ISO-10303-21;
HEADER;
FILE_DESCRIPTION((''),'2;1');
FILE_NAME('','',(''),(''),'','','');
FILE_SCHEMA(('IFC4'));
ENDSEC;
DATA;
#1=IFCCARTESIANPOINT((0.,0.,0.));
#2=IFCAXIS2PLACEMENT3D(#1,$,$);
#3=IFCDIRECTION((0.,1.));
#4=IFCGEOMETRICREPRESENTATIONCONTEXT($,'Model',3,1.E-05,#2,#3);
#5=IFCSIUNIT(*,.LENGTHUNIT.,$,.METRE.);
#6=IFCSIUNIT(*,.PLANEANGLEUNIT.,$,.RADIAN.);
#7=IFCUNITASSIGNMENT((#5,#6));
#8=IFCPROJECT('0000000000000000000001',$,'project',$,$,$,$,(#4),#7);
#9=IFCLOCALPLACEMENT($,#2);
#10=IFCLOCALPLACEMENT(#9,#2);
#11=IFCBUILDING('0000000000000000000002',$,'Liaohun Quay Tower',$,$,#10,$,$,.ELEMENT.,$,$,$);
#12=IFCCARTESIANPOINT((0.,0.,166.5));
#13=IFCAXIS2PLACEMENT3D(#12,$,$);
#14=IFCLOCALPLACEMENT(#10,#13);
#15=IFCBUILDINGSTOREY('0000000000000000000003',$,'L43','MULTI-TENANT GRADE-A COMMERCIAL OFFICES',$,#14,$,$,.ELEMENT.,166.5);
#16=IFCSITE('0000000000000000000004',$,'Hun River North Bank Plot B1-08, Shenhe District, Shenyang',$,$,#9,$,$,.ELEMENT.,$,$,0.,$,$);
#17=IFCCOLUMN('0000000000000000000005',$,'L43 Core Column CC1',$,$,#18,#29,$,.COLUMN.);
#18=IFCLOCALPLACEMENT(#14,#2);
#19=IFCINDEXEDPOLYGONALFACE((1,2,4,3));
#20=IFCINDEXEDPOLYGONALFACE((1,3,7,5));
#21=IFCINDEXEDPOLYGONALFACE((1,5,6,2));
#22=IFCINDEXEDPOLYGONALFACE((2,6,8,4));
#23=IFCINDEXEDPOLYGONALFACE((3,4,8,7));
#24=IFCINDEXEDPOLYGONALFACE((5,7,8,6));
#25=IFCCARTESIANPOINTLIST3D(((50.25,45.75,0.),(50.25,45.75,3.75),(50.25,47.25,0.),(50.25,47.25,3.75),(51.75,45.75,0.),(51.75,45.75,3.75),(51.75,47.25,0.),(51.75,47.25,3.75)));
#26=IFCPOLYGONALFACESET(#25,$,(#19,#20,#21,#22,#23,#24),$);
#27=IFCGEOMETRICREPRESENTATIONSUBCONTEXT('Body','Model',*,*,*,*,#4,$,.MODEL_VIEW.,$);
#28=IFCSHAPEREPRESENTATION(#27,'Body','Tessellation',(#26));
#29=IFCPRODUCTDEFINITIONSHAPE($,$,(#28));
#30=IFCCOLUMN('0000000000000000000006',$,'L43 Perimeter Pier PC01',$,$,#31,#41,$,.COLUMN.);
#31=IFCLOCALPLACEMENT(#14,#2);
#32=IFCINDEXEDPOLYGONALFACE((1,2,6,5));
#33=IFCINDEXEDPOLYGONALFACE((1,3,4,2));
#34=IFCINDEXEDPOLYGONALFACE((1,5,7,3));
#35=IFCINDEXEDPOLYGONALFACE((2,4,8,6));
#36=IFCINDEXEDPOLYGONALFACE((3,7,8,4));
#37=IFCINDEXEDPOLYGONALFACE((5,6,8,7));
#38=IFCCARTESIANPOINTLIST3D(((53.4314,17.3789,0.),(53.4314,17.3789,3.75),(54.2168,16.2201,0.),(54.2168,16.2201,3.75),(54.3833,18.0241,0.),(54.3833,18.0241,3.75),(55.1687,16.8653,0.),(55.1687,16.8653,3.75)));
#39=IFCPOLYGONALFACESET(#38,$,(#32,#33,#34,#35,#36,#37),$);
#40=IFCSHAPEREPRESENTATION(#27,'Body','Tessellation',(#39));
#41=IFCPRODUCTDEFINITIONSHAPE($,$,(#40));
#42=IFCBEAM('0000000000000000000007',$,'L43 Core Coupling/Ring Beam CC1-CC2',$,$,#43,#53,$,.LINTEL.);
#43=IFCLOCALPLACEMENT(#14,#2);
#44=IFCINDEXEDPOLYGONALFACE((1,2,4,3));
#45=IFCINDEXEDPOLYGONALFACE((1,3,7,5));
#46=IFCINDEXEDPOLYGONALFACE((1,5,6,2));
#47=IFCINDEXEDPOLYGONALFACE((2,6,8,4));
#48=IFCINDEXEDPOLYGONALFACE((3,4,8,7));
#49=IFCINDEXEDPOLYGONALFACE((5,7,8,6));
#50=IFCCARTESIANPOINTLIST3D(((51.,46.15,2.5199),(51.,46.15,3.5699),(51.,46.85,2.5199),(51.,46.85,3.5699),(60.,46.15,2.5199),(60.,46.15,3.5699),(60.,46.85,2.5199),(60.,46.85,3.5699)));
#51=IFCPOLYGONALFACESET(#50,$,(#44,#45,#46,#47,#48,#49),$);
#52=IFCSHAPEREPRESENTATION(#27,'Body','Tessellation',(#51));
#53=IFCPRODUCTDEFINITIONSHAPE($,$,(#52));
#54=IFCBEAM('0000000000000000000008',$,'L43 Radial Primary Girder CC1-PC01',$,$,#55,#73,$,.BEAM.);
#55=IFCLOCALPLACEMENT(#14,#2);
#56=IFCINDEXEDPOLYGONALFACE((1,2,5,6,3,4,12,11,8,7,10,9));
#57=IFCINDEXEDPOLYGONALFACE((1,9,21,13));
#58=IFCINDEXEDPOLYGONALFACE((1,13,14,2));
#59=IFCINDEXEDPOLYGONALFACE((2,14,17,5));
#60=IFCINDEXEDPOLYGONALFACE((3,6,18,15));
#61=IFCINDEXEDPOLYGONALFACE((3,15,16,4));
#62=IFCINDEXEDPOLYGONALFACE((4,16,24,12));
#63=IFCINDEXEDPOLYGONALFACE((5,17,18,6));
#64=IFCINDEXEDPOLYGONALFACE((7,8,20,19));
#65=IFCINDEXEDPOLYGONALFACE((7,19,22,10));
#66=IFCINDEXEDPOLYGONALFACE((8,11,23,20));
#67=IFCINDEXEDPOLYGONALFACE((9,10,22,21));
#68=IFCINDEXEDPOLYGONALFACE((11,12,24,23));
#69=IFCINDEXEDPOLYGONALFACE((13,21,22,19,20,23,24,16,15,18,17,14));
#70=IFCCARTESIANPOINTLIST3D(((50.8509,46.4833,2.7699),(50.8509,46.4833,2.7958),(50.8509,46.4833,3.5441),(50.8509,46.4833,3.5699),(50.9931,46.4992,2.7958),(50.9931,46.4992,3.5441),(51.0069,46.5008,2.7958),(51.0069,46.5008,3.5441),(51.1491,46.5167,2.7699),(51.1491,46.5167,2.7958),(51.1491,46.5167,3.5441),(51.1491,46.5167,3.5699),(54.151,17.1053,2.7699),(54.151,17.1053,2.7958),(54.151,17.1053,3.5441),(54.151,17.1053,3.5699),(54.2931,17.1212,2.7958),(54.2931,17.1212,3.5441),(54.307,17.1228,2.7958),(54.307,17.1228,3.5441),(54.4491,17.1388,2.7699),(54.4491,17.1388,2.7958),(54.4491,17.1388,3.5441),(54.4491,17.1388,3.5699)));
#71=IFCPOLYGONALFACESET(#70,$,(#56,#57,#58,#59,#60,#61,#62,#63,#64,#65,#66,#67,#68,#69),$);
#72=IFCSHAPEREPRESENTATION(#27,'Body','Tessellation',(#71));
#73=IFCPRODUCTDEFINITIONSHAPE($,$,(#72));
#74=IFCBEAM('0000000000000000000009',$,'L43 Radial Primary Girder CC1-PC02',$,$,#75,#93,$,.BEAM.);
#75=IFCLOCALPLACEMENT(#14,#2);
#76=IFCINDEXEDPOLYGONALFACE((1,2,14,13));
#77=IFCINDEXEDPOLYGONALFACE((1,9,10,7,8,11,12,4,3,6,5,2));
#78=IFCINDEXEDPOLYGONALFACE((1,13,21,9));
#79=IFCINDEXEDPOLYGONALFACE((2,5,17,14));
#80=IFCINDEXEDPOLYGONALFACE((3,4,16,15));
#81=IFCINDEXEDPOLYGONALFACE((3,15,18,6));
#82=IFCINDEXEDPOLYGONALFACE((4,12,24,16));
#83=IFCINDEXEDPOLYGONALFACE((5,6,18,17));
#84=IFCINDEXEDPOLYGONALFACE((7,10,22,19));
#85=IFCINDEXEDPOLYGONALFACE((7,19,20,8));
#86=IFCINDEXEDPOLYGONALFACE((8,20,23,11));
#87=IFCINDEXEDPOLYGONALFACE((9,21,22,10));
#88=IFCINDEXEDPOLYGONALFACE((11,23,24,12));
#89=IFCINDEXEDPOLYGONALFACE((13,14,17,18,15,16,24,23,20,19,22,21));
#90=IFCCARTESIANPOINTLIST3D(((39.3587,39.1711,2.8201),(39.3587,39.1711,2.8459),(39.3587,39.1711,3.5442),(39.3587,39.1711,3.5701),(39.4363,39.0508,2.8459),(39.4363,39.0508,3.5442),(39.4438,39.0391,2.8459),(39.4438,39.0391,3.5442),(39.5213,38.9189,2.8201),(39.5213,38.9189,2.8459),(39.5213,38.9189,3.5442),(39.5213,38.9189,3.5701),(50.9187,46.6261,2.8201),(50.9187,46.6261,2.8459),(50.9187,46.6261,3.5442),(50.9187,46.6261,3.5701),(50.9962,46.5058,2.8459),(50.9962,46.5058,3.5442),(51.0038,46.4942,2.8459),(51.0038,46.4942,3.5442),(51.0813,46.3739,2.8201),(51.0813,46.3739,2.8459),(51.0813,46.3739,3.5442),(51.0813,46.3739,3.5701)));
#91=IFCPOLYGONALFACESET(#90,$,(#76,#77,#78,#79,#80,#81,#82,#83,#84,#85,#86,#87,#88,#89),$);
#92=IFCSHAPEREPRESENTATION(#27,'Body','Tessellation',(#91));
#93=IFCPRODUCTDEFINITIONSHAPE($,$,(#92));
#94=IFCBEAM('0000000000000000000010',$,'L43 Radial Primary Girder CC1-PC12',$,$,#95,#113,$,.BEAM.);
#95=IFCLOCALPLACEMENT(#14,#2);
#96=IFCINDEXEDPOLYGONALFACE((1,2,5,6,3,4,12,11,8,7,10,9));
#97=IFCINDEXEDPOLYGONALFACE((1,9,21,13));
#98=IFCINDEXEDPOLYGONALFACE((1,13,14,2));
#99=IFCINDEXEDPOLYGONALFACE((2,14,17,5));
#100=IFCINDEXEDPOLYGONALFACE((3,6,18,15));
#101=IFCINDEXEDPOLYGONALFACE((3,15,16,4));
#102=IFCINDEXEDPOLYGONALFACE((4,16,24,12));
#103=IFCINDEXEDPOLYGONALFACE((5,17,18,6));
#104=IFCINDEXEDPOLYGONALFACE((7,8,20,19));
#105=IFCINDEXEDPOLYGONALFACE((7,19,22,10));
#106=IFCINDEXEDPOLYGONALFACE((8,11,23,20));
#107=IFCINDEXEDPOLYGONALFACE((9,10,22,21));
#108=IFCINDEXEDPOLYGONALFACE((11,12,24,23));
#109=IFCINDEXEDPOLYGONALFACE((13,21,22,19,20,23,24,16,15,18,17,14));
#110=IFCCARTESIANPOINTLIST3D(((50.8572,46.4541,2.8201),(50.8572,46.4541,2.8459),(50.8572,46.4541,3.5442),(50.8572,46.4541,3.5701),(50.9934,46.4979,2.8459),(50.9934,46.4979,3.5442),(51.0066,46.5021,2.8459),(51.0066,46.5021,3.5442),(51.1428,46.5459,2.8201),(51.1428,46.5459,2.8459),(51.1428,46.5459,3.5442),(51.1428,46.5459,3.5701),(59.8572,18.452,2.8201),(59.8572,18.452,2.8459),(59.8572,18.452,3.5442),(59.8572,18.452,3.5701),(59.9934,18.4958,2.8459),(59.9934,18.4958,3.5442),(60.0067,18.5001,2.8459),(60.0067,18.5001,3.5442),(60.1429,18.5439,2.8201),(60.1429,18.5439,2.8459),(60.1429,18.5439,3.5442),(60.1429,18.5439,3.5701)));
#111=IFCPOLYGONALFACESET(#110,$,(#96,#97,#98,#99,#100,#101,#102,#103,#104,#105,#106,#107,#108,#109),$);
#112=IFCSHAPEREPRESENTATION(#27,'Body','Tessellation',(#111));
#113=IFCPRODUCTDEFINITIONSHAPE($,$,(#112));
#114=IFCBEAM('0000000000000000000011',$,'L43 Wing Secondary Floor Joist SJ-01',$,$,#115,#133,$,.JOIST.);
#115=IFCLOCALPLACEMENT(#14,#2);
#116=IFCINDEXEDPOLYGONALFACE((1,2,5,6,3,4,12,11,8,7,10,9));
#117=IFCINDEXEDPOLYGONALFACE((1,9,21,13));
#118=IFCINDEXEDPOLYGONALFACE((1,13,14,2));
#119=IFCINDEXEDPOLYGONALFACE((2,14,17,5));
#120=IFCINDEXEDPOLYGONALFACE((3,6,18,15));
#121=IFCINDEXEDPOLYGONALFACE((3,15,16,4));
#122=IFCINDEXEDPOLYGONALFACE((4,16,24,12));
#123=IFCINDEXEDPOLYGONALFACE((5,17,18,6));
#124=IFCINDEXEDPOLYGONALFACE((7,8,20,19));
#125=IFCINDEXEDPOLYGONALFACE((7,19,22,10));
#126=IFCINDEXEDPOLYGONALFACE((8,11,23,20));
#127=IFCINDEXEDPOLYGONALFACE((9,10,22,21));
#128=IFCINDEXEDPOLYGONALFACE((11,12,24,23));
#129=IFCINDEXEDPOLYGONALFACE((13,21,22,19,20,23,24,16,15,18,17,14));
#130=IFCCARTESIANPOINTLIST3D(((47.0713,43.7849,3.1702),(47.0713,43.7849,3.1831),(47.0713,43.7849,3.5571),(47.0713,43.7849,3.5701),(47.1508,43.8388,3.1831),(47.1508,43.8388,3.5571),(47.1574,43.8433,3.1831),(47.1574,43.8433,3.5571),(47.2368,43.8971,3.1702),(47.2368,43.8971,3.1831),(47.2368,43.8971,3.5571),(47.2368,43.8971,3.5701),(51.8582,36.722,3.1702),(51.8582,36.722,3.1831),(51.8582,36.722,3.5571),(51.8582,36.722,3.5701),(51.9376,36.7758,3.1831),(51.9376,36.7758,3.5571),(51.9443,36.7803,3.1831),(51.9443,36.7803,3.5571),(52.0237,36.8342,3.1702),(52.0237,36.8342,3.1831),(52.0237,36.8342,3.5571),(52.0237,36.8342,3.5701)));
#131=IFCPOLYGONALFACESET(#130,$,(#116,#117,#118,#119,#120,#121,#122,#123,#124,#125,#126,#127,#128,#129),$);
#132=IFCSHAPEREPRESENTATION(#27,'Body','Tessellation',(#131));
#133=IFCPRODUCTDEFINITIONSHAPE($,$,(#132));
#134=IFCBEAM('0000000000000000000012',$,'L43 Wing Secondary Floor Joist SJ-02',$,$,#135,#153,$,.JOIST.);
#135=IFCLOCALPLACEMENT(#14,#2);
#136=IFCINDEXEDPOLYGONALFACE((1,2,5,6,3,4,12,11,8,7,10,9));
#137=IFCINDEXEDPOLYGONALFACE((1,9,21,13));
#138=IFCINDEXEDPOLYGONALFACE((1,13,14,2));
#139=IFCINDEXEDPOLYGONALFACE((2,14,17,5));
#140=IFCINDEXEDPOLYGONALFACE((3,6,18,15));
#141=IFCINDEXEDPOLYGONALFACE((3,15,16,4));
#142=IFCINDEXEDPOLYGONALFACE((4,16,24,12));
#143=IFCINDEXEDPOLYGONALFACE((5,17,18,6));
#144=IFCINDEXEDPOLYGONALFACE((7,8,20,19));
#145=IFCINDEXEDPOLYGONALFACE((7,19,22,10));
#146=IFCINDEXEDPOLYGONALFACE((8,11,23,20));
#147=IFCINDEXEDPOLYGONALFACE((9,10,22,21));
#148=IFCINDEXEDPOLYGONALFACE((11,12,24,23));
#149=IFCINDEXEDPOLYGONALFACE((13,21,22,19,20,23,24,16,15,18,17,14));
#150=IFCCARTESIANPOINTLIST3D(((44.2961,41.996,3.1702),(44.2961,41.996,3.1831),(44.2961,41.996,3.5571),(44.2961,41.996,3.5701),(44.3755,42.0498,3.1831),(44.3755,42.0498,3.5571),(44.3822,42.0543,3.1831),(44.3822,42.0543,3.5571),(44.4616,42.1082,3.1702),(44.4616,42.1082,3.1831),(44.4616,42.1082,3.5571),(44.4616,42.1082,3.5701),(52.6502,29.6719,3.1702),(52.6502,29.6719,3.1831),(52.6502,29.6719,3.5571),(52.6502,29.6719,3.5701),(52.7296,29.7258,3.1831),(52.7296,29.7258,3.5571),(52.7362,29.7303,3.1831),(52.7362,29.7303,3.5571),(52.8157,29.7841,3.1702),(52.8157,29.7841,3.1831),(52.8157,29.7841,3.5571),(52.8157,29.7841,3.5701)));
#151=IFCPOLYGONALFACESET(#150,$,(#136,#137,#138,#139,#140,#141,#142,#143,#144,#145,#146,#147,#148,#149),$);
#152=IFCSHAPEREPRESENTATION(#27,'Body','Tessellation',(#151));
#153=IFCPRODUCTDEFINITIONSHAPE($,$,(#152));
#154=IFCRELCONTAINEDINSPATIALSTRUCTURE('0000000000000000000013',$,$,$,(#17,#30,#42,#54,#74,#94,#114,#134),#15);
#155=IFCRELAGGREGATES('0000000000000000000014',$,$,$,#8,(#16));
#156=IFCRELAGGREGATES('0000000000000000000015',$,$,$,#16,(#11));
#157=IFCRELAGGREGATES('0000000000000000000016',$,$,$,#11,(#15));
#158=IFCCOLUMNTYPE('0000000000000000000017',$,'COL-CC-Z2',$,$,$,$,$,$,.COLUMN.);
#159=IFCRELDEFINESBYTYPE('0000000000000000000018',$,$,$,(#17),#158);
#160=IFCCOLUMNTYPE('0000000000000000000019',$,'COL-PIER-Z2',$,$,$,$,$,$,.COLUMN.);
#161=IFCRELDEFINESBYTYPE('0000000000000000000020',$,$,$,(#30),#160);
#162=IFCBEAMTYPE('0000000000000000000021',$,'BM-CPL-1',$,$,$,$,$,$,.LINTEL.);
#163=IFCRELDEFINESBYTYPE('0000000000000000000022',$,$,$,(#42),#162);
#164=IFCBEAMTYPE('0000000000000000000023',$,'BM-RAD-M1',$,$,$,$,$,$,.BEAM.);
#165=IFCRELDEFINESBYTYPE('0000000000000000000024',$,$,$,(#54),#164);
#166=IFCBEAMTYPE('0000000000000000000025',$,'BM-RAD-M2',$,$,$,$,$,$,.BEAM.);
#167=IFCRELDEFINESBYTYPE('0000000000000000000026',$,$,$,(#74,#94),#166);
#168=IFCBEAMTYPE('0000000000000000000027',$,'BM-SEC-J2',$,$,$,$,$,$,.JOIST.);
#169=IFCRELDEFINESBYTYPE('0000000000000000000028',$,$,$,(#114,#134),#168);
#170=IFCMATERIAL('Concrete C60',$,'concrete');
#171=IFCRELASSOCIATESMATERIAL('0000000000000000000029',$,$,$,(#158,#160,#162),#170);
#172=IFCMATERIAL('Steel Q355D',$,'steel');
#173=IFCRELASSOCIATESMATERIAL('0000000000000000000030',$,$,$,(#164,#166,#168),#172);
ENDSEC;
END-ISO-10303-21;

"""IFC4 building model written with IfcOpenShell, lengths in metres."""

from ifc_helpers import new_model, si_unit, direction, frame, origin, origin_2d, place, context, subcontext, project, spatial, rectangle, i_section, extrude, source, transform, mapped, material, material_profile, profile_set, type_object, element, save


model = new_model("IFC4")

# Units and contexts
model_context = context("Model", 3, precision=1e-05, world=origin(), true_north=direction((0.0, 1.0)))
body_context = subcontext(model_context, "Body", "Model", "MODEL_VIEW")
ifc_project = project(units=[si_unit("LENGTHUNIT", "METRE"), si_unit("PLANEANGLEUNIT", "RADIAN")], contexts=[model_context])

# Site, building, storey
site_placement = place(None, origin())
site = spatial("IfcSite", under=ifc_project, at=site_placement, Name="Hun River North Bank Plot B1-08, Shenhe District, Shenyang", CompositionType="ELEMENT", RefElevation=0.0)
building_placement = place(site_placement, origin())
building = spatial("IfcBuilding", under=site, at=building_placement, Name="Liaohun Quay Tower", CompositionType="ELEMENT")
storey_placement = place(building_placement, frame((0.0, 0.0, 166.5)))
storey = spatial("IfcBuildingStorey", under=building, at=storey_placement, Name="L43", Description="MULTI-TENANT GRADE-A COMMERCIAL OFFICES", CompositionType="ELEMENT", Elevation=166.5)

# Columns
ifc_material_1 = material(Name="Concrete C60", Category="concrete")
ifc_material_profile_1 = material_profile(ifc_material_1, rectangle(XDim=1.5, YDim=1.5, at=origin_2d()), Name="RC1500x1500")
ifc_profile_set_1 = profile_set([ifc_material_profile_1], Name="Concrete C60")
column_type_1 = type_object("IfcColumnType", Name="COL-CC-Z2", PredefinedType="COLUMN", material=ifc_profile_set_1)
shared_shape_1 = source(origin(), body_context, "Body", "SweptSolid", [
    extrude(rectangle(XDim=1.5, YDim=1.5, at=origin_2d()), origin(), (0.0, 0.0, 1.0), 3.75),
])
column_1_placement = place(storey_placement, frame((51.0, 46.5, 0.0), z_axis=(0.0, 0.0, 1.0), x_axis=(1.0, 0.0, 0.0)))
element("IfcColumn", 1, at=column_1_placement, inside=storey, type_object=column_type_1, Name="L43 Core Column CC1", PredefinedType="COLUMN", context=body_context, shape_type="MappedRepresentation", body=[
    mapped(shared_shape_1, transform((0.0, 0.0, 0.0), x_axis=(1.0, 0.0, 0.0), y_axis=(0.0, 1.0, 0.0), z_axis=(0.0, 0.0, 1.0), scale=1.0)),
])
ifc_material_profile_2 = material_profile(ifc_material_1, rectangle(XDim=1.3999, YDim=1.1499, at=origin_2d()), Name="RC1400x1150")
ifc_profile_set_2 = profile_set([ifc_material_profile_2], Name="Concrete C60")
column_type_2 = type_object("IfcColumnType", Name="COL-PIER-Z2", PredefinedType="COLUMN", material=ifc_profile_set_2)
shared_shape_2 = source(origin(), body_context, "Body", "SweptSolid", [
    extrude(rectangle(XDim=1.3999, YDim=1.1499, at=origin_2d()), origin(), (0.0, 0.0, 1.0), 3.75),
])
column_2_placement = place(storey_placement, frame((54.3, 17.1221, 0.0), z_axis=(0.0, 0.0, 1.0), x_axis=(-0.561072, 0.827767, 0.0)))
element("IfcColumn", 2, at=column_2_placement, inside=storey, type_object=column_type_2, Name="L43 Perimeter Pier PC01", PredefinedType="COLUMN", context=body_context, shape_type="MappedRepresentation", body=[
    mapped(shared_shape_2, transform((0.0, 0.0, 0.0), x_axis=(1.0, 0.0, 0.0), y_axis=(0.0, 1.0, 0.0), z_axis=(0.0, 0.0, 1.0), scale=1.0)),
])

# Beams
ifc_material_profile_3 = material_profile(ifc_material_1, rectangle(XDim=0.7, YDim=1.05, at=origin_2d()), Name="RC700x1050")
ifc_profile_set_3 = profile_set([ifc_material_profile_3], Name="Concrete C60")
beam_type_1 = type_object("IfcBeamType", Name="BM-CPL-1", PredefinedType="LINTEL", material=ifc_profile_set_3)
shared_shape_3 = source(origin(), body_context, "Body", "SweptSolid", [
    extrude(rectangle(XDim=0.7, YDim=1.05, at=origin_2d()), origin(), (0.0, 0.0, 1.0), 9.0),
])
beam_1_placement = place(storey_placement, frame((51.0, 46.5, 3.0449), z_axis=(1.0, 0.0, 0.0), x_axis=(0.0, 1.0, 0.0)))
element("IfcBeam", 3, at=beam_1_placement, inside=storey, type_object=beam_type_1, Name="L43 Core Coupling/Ring Beam CC1-CC2", PredefinedType="LINTEL", context=body_context, shape_type="MappedRepresentation", body=[
    mapped(shared_shape_3, transform((0.0, 0.0, 0.0), x_axis=(1.0, 0.0, 0.0), y_axis=(0.0, 1.0, 0.0), z_axis=(0.0, 0.0, 1.0), scale=1.0)),
])
ifc_material_2 = material(Name="Steel Q355D", Category="steel")
ifc_material_profile_4 = material_profile(ifc_material_2, i_section(OverallWidth=0.3, OverallDepth=0.8, WebThickness=0.0139, FlangeThickness=0.0259, at=origin_2d()), Name="HN800x300x14x26")
ifc_profile_set_4 = profile_set([ifc_material_profile_4], Name="Steel Q355D")
beam_type_2 = type_object("IfcBeamType", Name="BM-RAD-M1", PredefinedType="BEAM", material=ifc_profile_set_4)
shared_shape_4 = source(origin(), body_context, "Body", "SweptSolid", [
    extrude(i_section(OverallWidth=0.3, OverallDepth=0.8, WebThickness=0.0139, FlangeThickness=0.0259, at=origin_2d()), origin(), (0.0, 0.0, 1.0), 29.5627),
])
beam_2_placement = place(storey_placement, frame((51.0, 46.5, 3.1699), z_axis=(0.111629, -0.99375, 0.0), x_axis=(0.99375, 0.111629, 0.0)))
element("IfcBeam", 4, at=beam_2_placement, inside=storey, type_object=beam_type_2, Name="L43 Radial Primary Girder CC1-PC01", PredefinedType="BEAM", context=body_context, shape_type="MappedRepresentation", body=[
    mapped(shared_shape_4, transform((0.0, 0.0, 0.0), x_axis=(1.0, 0.0, 0.0), y_axis=(0.0, 1.0, 0.0), z_axis=(0.0, 0.0, 1.0), scale=1.0)),
])
ifc_material_profile_5 = material_profile(ifc_material_2, i_section(OverallWidth=0.3, OverallDepth=0.75, WebThickness=0.0139, FlangeThickness=0.0259, at=origin_2d()), Name="HN750x300x14x26")
ifc_profile_set_5 = profile_set([ifc_material_profile_5], Name="Steel Q355D")
beam_type_3 = type_object("IfcBeamType", Name="BM-RAD-M2", PredefinedType="BEAM", material=ifc_profile_set_5)
shared_shape_5 = source(origin(), body_context, "Body", "SweptSolid", [
    extrude(i_section(OverallWidth=0.3, OverallDepth=0.75, WebThickness=0.0139, FlangeThickness=0.0259, at=origin_2d()), origin(), (0.0, 0.0, 1.0), 13.7554),
])
beam_3_placement = place(storey_placement, frame((51.0, 46.5, 3.1951), z_axis=(-0.840397, -0.541972, 0.0), x_axis=(0.541972, -0.840397, 0.0)))
element("IfcBeam", 5, at=beam_3_placement, inside=storey, type_object=beam_type_3, Name="L43 Radial Primary Girder CC1-PC02", PredefinedType="BEAM", context=body_context, shape_type="MappedRepresentation", body=[
    mapped(shared_shape_5, transform((0.0, 0.0, 0.0), x_axis=(1.0, 0.0, 0.0), y_axis=(0.0, 1.0, 0.0), z_axis=(0.0, 0.0, 1.0), scale=1.0)),
])
shared_shape_6 = source(origin(), body_context, "Body", "SweptSolid", [
    extrude(i_section(OverallWidth=0.3, OverallDepth=0.75, WebThickness=0.0139, FlangeThickness=0.0259, at=origin_2d()), origin(), (0.0, 0.0, 1.0), 29.4128),
])
beam_4_placement = place(storey_placement, frame((51.0, 46.5, 3.1951), z_axis=(0.30599, -0.952035, 0.0), x_axis=(0.952035, 0.30599, 0.0)))
element("IfcBeam", 6, at=beam_4_placement, inside=storey, type_object=beam_type_3, Name="L43 Radial Primary Girder CC1-PC12", PredefinedType="BEAM", context=body_context, shape_type="MappedRepresentation", body=[
    mapped(shared_shape_6, transform((0.0, 0.0, 0.0), x_axis=(1.0, 0.0, 0.0), y_axis=(0.0, 1.0, 0.0), z_axis=(0.0, 0.0, 1.0), scale=1.0)),
])
ifc_material_profile_6 = material_profile(ifc_material_2, i_section(OverallWidth=0.2, OverallDepth=0.3999, WebThickness=0.0081, FlangeThickness=0.0129, at=origin_2d()), Name="HN400x200x8x13")
ifc_profile_set_6 = profile_set([ifc_material_profile_6], Name="Steel Q355D")
beam_type_4 = type_object("IfcBeamType", Name="BM-SEC-J2", PredefinedType="JOIST", material=ifc_profile_set_6)
shared_shape_7 = source(origin(), body_context, "Body", "SweptSolid", [
    extrude(i_section(OverallWidth=0.2, OverallDepth=0.3999, WebThickness=0.0081, FlangeThickness=0.0129, at=origin_2d()), origin(), (0.0, 0.0, 1.0), 8.5322),
])
beam_5_placement = place(storey_placement, frame((51.9409, 36.7781, 3.3701), z_axis=(-0.56103, 0.827796, 0.0), x_axis=(-0.827796, -0.56103, 0.0)))
element("IfcBeam", 7, at=beam_5_placement, inside=storey, type_object=beam_type_4, Name="L43 Wing Secondary Floor Joist SJ-01", PredefinedType="JOIST", context=body_context, shape_type="MappedRepresentation", body=[
    mapped(shared_shape_7, transform((0.0, 0.0, 0.0), x_axis=(1.0, 0.0, 0.0), y_axis=(0.0, 1.0, 0.0), z_axis=(0.0, 0.0, 1.0), scale=1.0)),
])
shared_shape_8 = source(origin(), body_context, "Body", "SweptSolid", [
    extrude(i_section(OverallWidth=0.2, OverallDepth=0.3999, WebThickness=0.0081, FlangeThickness=0.0129, at=origin_2d()), origin(), (0.0, 0.0, 1.0), 14.8887),
])
beam_6_placement = place(storey_placement, frame((52.7329, 29.728, 3.3701), z_axis=(-0.561102, 0.827747, 0.0), x_axis=(-0.827747, -0.561102, 0.0)))
element("IfcBeam", 8, at=beam_6_placement, inside=storey, type_object=beam_type_4, Name="L43 Wing Secondary Floor Joist SJ-02", PredefinedType="JOIST", context=body_context, shape_type="MappedRepresentation", body=[
    mapped(shared_shape_8, transform((0.0, 0.0, 0.0), x_axis=(1.0, 0.0, 0.0), y_axis=(0.0, 1.0, 0.0), z_axis=(0.0, 0.0, 1.0), scale=1.0)),
])

save(model, "model.ifc")
